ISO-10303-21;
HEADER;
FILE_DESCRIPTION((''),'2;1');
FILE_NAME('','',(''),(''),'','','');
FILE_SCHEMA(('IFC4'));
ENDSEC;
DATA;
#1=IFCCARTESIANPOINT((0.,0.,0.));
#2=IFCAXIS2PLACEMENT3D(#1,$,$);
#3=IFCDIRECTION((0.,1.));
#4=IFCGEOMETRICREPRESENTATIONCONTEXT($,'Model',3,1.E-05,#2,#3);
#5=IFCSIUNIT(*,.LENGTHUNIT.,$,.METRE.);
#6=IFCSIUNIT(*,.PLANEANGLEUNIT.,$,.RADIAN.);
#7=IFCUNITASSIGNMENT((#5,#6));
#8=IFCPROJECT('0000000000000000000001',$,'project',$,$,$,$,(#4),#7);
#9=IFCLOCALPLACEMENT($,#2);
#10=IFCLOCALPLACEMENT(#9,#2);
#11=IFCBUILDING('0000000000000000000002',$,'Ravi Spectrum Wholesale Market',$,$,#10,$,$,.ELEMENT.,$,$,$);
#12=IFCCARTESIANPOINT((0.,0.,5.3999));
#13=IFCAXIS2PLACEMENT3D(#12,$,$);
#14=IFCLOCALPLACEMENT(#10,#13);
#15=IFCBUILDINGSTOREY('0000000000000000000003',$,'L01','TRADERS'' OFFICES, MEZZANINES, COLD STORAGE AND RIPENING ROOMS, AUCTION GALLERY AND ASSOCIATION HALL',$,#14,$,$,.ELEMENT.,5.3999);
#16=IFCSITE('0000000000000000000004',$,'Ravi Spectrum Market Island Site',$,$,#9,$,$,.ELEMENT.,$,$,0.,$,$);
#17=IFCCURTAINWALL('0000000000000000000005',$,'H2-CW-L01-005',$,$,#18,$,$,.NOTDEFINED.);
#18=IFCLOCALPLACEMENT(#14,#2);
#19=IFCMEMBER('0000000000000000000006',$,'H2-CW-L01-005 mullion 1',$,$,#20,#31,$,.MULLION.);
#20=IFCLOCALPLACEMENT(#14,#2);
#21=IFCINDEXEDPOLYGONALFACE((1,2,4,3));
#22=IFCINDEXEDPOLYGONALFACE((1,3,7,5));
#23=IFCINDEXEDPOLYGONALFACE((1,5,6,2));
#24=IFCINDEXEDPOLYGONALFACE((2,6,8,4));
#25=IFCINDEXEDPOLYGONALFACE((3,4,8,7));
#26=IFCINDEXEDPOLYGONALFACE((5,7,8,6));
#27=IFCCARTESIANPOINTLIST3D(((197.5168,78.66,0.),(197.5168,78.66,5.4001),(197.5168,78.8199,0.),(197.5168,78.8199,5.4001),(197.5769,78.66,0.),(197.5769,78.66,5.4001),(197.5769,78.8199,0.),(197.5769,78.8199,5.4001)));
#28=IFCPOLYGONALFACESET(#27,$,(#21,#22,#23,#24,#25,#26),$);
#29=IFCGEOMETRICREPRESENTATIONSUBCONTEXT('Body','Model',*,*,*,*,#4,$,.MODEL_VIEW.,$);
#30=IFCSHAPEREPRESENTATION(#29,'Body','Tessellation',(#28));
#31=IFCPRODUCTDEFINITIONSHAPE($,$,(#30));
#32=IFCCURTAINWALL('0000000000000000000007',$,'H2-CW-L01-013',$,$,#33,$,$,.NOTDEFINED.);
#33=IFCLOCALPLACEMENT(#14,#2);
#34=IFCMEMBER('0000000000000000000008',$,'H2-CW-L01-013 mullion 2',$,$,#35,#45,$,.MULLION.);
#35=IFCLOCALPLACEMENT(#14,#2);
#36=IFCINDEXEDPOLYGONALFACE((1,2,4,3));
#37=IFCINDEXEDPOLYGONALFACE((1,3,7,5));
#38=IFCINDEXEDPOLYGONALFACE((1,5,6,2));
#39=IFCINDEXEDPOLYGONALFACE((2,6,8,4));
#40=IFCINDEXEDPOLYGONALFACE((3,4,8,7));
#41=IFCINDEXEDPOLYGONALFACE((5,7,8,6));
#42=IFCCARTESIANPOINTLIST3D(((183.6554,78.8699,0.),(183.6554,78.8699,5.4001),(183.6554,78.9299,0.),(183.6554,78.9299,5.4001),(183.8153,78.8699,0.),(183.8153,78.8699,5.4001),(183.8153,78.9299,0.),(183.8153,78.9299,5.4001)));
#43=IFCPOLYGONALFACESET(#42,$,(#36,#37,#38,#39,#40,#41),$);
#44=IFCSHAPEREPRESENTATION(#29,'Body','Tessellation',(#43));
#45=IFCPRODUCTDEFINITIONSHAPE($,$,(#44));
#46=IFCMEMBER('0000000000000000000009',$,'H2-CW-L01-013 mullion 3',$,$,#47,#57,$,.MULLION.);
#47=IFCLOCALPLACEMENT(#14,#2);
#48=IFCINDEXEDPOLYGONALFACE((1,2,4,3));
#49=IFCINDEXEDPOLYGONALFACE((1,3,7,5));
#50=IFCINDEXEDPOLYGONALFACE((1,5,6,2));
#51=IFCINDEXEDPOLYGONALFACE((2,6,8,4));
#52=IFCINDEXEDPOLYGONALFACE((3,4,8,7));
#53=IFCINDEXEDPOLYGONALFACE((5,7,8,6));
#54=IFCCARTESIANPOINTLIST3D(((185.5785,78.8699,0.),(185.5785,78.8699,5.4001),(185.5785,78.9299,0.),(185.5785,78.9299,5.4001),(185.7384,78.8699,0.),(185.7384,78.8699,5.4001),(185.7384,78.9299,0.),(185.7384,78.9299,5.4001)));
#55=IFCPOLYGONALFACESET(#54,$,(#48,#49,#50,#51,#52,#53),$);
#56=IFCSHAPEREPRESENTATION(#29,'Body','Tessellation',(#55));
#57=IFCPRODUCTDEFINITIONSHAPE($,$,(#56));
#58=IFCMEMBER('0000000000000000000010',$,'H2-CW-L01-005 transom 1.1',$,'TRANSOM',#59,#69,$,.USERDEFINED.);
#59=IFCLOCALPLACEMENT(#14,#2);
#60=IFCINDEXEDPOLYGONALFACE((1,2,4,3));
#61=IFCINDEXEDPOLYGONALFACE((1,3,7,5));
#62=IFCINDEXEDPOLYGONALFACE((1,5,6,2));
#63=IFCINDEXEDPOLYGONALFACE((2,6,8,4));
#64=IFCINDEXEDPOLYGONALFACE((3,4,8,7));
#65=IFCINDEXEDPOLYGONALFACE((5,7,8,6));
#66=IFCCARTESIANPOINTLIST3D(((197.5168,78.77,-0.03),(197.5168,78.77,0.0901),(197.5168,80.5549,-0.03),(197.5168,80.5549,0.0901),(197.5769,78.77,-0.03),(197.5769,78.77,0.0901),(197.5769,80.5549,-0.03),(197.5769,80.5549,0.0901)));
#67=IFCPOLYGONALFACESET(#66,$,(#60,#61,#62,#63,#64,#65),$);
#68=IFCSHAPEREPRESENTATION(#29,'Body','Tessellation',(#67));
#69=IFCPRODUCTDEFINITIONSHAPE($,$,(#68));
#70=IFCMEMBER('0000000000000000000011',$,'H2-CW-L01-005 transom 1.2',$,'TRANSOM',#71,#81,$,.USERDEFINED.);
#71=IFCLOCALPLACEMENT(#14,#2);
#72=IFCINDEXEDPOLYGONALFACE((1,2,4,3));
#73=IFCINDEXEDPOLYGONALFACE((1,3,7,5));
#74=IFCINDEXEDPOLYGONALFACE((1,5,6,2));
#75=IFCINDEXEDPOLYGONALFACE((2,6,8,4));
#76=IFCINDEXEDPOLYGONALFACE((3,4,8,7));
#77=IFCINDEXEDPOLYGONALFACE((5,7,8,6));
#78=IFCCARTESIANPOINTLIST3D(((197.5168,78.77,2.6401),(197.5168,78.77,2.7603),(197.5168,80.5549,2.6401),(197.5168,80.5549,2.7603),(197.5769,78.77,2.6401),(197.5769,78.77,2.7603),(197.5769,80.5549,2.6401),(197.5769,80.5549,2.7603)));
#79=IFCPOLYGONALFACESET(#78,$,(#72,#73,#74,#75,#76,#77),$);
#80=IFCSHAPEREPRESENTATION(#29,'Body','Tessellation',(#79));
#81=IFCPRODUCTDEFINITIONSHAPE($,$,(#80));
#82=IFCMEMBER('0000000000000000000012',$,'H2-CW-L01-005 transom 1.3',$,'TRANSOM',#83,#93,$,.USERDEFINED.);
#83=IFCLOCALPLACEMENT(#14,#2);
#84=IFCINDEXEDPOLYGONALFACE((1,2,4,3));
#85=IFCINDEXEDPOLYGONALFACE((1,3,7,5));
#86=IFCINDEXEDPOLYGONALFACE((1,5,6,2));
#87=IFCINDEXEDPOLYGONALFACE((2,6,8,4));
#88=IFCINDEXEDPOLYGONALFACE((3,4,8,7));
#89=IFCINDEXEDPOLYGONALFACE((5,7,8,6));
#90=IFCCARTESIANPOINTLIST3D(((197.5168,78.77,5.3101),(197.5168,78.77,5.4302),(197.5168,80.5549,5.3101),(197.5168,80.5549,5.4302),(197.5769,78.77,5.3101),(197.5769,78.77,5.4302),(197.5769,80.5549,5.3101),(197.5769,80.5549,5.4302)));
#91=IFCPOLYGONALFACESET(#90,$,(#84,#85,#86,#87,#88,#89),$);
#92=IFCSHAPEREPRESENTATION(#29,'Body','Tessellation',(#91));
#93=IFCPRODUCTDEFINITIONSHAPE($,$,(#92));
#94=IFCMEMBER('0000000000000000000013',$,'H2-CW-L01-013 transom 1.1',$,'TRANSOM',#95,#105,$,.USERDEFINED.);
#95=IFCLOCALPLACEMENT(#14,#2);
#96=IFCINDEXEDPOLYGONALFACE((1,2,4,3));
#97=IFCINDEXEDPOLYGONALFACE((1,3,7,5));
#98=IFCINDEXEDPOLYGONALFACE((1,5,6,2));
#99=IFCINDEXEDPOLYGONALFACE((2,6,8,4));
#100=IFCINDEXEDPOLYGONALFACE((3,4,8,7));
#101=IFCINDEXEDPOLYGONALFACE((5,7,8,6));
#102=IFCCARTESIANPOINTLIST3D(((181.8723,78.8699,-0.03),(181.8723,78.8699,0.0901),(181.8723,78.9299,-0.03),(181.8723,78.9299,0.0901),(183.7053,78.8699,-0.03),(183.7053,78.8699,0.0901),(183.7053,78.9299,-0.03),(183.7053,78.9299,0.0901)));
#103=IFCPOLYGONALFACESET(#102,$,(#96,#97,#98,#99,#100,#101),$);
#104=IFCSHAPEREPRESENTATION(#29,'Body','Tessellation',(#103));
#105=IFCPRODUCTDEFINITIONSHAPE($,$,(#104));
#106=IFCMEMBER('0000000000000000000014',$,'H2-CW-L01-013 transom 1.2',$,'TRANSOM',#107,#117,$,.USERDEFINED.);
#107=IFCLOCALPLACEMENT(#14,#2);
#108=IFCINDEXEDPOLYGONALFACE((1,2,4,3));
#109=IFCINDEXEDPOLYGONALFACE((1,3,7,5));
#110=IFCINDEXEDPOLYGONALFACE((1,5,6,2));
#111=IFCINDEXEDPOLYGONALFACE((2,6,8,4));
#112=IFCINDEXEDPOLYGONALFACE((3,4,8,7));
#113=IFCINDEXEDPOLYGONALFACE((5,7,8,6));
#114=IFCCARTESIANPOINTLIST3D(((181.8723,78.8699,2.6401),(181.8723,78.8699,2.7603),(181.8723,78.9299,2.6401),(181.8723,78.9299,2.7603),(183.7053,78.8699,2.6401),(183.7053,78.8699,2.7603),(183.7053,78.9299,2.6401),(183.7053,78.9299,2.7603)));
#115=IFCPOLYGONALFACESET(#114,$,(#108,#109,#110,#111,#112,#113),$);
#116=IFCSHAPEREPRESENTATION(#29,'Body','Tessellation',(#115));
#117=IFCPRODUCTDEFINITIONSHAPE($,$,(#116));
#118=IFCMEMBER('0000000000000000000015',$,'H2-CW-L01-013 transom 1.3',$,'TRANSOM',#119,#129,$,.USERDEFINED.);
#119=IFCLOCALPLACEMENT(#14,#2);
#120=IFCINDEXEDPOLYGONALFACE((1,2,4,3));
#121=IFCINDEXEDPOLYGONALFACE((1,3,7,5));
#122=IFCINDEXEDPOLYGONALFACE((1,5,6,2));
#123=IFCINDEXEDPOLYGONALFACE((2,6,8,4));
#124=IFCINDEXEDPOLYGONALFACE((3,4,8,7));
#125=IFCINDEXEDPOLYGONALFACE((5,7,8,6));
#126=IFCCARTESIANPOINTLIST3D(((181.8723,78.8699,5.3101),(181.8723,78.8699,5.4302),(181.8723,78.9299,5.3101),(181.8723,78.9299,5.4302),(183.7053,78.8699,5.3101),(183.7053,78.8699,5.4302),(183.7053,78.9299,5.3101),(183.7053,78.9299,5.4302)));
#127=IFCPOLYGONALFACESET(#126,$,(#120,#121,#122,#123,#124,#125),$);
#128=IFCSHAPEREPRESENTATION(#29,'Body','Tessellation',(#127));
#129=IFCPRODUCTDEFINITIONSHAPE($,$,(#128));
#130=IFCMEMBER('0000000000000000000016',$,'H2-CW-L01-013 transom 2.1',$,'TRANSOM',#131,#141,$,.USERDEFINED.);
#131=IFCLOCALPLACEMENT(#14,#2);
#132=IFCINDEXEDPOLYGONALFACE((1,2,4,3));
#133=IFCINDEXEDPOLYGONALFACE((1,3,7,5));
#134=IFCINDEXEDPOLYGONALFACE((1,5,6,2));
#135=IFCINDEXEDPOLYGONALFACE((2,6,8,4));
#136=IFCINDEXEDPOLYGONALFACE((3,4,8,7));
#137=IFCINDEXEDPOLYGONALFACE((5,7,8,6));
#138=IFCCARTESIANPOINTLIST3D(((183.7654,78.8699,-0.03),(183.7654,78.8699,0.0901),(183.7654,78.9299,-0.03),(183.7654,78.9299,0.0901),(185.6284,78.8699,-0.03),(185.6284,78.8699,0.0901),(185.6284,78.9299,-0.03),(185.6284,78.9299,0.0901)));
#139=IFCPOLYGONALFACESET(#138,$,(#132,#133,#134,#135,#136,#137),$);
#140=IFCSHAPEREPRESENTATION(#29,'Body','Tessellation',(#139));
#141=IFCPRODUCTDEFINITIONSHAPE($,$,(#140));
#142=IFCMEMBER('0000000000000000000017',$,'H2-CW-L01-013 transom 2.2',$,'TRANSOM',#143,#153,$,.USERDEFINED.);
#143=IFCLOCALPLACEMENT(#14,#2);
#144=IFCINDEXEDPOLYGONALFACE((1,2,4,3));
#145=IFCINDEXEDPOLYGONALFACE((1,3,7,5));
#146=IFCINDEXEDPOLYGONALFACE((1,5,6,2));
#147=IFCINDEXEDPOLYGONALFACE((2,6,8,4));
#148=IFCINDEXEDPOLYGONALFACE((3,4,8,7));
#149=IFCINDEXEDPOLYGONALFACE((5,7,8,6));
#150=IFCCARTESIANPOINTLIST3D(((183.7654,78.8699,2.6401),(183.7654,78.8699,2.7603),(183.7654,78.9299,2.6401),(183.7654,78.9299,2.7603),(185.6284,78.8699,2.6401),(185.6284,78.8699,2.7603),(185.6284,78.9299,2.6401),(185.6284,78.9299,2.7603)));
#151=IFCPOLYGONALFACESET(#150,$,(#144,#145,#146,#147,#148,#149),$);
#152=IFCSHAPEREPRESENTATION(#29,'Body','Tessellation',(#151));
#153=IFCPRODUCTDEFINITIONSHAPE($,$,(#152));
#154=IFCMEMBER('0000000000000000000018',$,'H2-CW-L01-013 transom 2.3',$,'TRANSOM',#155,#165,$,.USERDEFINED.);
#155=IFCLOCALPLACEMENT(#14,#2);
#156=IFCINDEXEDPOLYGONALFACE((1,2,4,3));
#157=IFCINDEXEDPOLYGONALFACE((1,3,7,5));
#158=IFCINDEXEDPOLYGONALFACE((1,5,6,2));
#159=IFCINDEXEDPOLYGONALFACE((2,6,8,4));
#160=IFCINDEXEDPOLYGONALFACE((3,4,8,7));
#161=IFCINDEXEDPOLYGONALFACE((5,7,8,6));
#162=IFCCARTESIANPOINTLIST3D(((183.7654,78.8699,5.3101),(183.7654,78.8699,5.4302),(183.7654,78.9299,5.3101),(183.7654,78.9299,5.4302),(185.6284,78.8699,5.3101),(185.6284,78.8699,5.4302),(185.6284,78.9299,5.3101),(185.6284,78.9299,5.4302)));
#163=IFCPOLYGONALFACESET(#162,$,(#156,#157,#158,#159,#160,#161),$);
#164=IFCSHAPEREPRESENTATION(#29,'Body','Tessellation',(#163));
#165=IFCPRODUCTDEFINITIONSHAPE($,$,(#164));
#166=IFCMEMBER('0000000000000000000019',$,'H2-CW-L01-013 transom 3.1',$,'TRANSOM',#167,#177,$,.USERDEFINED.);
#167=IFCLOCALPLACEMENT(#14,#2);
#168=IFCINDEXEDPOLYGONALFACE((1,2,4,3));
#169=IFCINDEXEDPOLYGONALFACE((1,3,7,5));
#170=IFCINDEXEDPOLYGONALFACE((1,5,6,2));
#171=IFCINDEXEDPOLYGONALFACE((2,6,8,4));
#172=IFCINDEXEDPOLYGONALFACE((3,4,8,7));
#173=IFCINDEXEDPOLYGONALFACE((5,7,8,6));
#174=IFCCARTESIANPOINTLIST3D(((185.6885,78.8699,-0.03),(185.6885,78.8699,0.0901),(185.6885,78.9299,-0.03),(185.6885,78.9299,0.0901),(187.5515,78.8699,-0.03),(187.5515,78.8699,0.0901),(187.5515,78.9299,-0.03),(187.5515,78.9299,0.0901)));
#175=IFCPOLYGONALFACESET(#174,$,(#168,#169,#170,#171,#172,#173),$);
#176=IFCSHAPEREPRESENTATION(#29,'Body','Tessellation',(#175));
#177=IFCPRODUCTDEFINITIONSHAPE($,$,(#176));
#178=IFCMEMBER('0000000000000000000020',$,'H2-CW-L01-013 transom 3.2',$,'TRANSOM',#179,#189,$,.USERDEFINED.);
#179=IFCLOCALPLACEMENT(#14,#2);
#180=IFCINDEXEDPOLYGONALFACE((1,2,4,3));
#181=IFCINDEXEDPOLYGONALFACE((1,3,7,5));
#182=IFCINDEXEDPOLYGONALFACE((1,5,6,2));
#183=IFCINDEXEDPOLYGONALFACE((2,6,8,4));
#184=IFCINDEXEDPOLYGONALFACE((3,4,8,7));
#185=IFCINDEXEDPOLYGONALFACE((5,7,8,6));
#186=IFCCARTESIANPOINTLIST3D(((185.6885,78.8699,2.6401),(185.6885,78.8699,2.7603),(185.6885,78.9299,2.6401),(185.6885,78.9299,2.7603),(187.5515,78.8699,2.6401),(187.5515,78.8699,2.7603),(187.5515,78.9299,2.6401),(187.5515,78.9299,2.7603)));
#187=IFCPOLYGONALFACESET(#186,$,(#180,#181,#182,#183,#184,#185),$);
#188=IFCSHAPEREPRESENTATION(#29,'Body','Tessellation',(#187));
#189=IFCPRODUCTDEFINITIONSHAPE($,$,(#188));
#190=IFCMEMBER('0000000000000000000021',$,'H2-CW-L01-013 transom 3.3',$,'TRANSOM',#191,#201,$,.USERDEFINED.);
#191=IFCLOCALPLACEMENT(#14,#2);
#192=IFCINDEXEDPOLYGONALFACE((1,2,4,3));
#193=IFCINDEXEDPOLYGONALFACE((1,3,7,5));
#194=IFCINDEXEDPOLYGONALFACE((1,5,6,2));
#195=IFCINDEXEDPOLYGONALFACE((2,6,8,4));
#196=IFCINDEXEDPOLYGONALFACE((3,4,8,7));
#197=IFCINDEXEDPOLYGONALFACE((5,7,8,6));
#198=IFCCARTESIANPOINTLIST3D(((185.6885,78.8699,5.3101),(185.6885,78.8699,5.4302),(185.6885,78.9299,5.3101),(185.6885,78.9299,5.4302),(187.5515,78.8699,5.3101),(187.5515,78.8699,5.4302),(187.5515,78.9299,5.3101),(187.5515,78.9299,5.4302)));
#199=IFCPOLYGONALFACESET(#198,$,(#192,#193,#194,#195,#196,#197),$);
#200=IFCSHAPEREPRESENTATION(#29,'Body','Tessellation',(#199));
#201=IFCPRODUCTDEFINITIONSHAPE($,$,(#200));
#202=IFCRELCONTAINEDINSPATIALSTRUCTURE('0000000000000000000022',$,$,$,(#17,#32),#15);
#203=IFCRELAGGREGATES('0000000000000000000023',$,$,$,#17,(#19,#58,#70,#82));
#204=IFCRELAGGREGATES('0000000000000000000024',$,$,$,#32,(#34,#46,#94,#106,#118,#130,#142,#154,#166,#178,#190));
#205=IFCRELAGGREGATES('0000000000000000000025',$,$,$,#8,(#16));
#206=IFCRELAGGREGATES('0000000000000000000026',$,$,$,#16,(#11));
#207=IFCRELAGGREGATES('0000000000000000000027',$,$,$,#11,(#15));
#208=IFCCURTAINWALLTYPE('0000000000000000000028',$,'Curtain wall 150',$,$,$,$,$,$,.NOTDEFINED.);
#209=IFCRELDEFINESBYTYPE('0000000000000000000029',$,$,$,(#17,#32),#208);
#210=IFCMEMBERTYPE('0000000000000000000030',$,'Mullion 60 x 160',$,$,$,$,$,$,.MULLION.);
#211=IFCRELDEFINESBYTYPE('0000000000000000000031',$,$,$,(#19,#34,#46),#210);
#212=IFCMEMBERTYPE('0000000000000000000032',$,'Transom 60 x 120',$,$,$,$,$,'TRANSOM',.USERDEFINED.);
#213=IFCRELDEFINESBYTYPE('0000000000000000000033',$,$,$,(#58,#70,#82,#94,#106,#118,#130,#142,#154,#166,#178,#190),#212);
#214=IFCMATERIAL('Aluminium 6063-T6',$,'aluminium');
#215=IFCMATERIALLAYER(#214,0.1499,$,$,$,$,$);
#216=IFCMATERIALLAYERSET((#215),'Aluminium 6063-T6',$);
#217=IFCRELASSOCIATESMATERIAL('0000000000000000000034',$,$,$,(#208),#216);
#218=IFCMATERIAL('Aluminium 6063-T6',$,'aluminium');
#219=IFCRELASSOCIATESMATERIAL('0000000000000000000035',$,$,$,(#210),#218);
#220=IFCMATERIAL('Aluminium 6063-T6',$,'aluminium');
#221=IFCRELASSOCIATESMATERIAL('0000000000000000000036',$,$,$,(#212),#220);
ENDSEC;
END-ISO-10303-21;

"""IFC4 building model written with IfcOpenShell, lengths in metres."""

from ifc_helpers import new_model, si_unit, direction, frame, origin, origin_2d, place, context, subcontext, project, spatial, rectangle, extrude, material, layer, layer_set, material_profile, profile_set, type_object, element, aggregate, save


model = new_model("IFC4")

# Units and contexts
model_context = context("Model", 3, precision=1e-05, world=origin(), true_north=direction((0.0, 1.0)))
body_context = subcontext(model_context, "Body", "Model", "MODEL_VIEW")
ifc_project = project(units=[si_unit("LENGTHUNIT", "METRE"), si_unit("PLANEANGLEUNIT", "RADIAN")], contexts=[model_context])

# Site, building, storey
site_placement = place(None, origin())
site = spatial("IfcSite", under=ifc_project, at=site_placement, Name="Ravi Spectrum Market Island Site", CompositionType="ELEMENT", RefElevation=0.0)
building_placement = place(site_placement, origin())
building = spatial("IfcBuilding", under=site, at=building_placement, Name="Ravi Spectrum Wholesale Market", CompositionType="ELEMENT")
storey_placement = place(building_placement, frame((0.0, 0.0, 5.3999)))
storey = spatial("IfcBuildingStorey", under=building, at=storey_placement, Name="L01", Description="TRADERS' OFFICES, MEZZANINES, COLD STORAGE AND RIPENING ROOMS, AUCTION GALLERY AND ASSOCIATION HALL", CompositionType="ELEMENT", Elevation=5.3999)

# Curtain wall, member
ifc_material_1 = material(Name="Aluminium 6063-T6", Category="aluminium")
ifc_layer_1 = layer(ifc_material_1, 0.1499)
ifc_layer_set_1 = layer_set([ifc_layer_1], Name="Aluminium 6063-T6")
curtain_wall_type = type_object("IfcCurtainWallType", Name="Curtain wall 150", PredefinedType="NOTDEFINED", material=ifc_layer_set_1)
curtain_wall_1_placement = place(storey_placement, origin())
curtain_wall_1 = element("IfcCurtainWall", 1, at=curtain_wall_1_placement, inside=storey, type_object=curtain_wall_type, Name="H2-CW-L01-005", PredefinedType="NOTDEFINED")
ifc_material_2 = material(Name="Aluminium 6063-T6", Category="aluminium")
ifc_material_profile_1 = material_profile(ifc_material_2, rectangle(XDim=0.0601, YDim=0.1599, at=origin_2d()))
ifc_profile_set_1 = profile_set([ifc_material_profile_1], Name="Aluminium 6063-T6")
member_type_1 = type_object("IfcMemberType", Name="Mullion 60 x 160", PredefinedType="MULLION", material=ifc_profile_set_1)
member_1_placement = place(storey_placement, frame((197.5469, 78.74, 0.0), z_axis=(0.0, 0.0, 1.0), x_axis=(-1.0, 0.0, 0.0)))
member_1 = element("IfcMember", 2, at=member_1_placement, type_object=member_type_1, Name="H2-CW-L01-005 mullion 1", PredefinedType="MULLION", context=body_context, shape_type="SweptSolid", body=[
    extrude(rectangle(XDim=0.0601, YDim=0.1599, at=origin_2d()), origin(), (0.0, 0.0, 1.0), 5.4001),
])

# Curtain wall, members
curtain_wall_2_placement = place(storey_placement, origin())
curtain_wall_2 = element("IfcCurtainWall", 3, at=curtain_wall_2_placement, inside=storey, type_object=curtain_wall_type, Name="H2-CW-L01-013", PredefinedType="NOTDEFINED")
member_2_placement = place(storey_placement, frame((183.7354, 78.8999, 0.0), z_axis=(0.0, 0.0, 1.0), x_axis=(0.0, 1.0, 0.0)))
member_2 = element("IfcMember", 4, at=member_2_placement, type_object=member_type_1, Name="H2-CW-L01-013 mullion 2", PredefinedType="MULLION", context=body_context, shape_type="SweptSolid", body=[
    extrude(rectangle(XDim=0.0601, YDim=0.1599, at=origin_2d()), origin(), (0.0, 0.0, 1.0), 5.4001),
])
member_3_placement = place(storey_placement, frame((185.6584, 78.8999, 0.0), z_axis=(0.0, 0.0, 1.0), x_axis=(0.0, 1.0, 0.0)))
member_3 = element("IfcMember", 5, at=member_3_placement, type_object=member_type_1, Name="H2-CW-L01-013 mullion 3", PredefinedType="MULLION", context=body_context, shape_type="SweptSolid", body=[
    extrude(rectangle(XDim=0.0601, YDim=0.1599, at=origin_2d()), origin(), (0.0, 0.0, 1.0), 5.4001),
])

# Members
ifc_material_3 = material(Name="Aluminium 6063-T6", Category="aluminium")
ifc_material_profile_2 = material_profile(ifc_material_3, rectangle(XDim=0.0601, YDim=0.1201, at=origin_2d()))
ifc_profile_set_2 = profile_set([ifc_material_profile_2], Name="Aluminium 6063-T6")
member_type_2 = type_object("IfcMemberType", Name="Transom 60 x 120", ElementType="TRANSOM", PredefinedType="USERDEFINED", material=ifc_profile_set_2)
member_4_placement = place(storey_placement, frame((197.5469, 78.77, 0.03), z_axis=(0.0, 1.0, 0.0), x_axis=(-1.0, 0.0, 0.0)))
member_4 = element("IfcMember", 6, at=member_4_placement, type_object=member_type_2, Name="H2-CW-L01-005 transom 1.1", ObjectType="TRANSOM", PredefinedType="USERDEFINED", context=body_context, shape_type="SweptSolid", body=[
    extrude(rectangle(XDim=0.0601, YDim=0.1201, at=origin_2d()), origin(), (0.0, 0.0, 1.0), 1.7849),
])
member_5_placement = place(storey_placement, frame((197.5469, 78.77, 2.7002), z_axis=(0.0, 1.0, 0.0), x_axis=(-1.0, 0.0, 0.0)))
member_5 = element("IfcMember", 7, at=member_5_placement, type_object=member_type_2, Name="H2-CW-L01-005 transom 1.2", ObjectType="TRANSOM", PredefinedType="USERDEFINED", context=body_context, shape_type="SweptSolid", body=[
    extrude(rectangle(XDim=0.0601, YDim=0.1201, at=origin_2d()), origin(), (0.0, 0.0, 1.0), 1.7849),
])
member_6_placement = place(storey_placement, frame((197.5469, 78.77, 5.3701), z_axis=(0.0, 1.0, 0.0), x_axis=(-1.0, 0.0, 0.0)))
member_6 = element("IfcMember", 8, at=member_6_placement, type_object=member_type_2, Name="H2-CW-L01-005 transom 1.3", ObjectType="TRANSOM", PredefinedType="USERDEFINED", context=body_context, shape_type="SweptSolid", body=[
    extrude(rectangle(XDim=0.0601, YDim=0.1201, at=origin_2d()), origin(), (0.0, 0.0, 1.0), 1.7849),
])
aggregate(curtain_wall_1, [member_1, member_4, member_5, member_6])
member_7_placement = place(storey_placement, frame((181.8723, 78.8999, 0.03), z_axis=(1.0, 0.0, 0.0), x_axis=(0.0, 1.0, 0.0)))
member_7 = element("IfcMember", 9, at=member_7_placement, type_object=member_type_2, Name="H2-CW-L01-013 transom 1.1", ObjectType="TRANSOM", PredefinedType="USERDEFINED", context=body_context, shape_type="SweptSolid", body=[
    extrude(rectangle(XDim=0.0601, YDim=0.1201, at=origin_2d()), origin(), (0.0, 0.0, 1.0), 1.833),
])
member_8_placement = place(storey_placement, frame((181.8723, 78.8999, 2.7002), z_axis=(1.0, 0.0, 0.0), x_axis=(0.0, 1.0, 0.0)))
member_8 = element("IfcMember", 10, at=member_8_placement, type_object=member_type_2, Name="H2-CW-L01-013 transom 1.2", ObjectType="TRANSOM", PredefinedType="USERDEFINED", context=body_context, shape_type="SweptSolid", body=[
    extrude(rectangle(XDim=0.0601, YDim=0.1201, at=origin_2d()), origin(), (0.0, 0.0, 1.0), 1.833),
])
member_9_placement = place(storey_placement, frame((181.8723, 78.8999, 5.3701), z_axis=(1.0, 0.0, 0.0), x_axis=(0.0, 1.0, 0.0)))
member_9 = element("IfcMember", 11, at=member_9_placement, type_object=member_type_2, Name="H2-CW-L01-013 transom 1.3", ObjectType="TRANSOM", PredefinedType="USERDEFINED", context=body_context, shape_type="SweptSolid", body=[
    extrude(rectangle(XDim=0.0601, YDim=0.1201, at=origin_2d()), origin(), (0.0, 0.0, 1.0), 1.833),
])
member_10_placement = place(storey_placement, frame((183.7654, 78.8999, 0.03), z_axis=(1.0, 0.0, 0.0), x_axis=(0.0, 1.0, 0.0)))
member_10 = element("IfcMember", 12, at=member_10_placement, type_object=member_type_2, Name="H2-CW-L01-013 transom 2.1", ObjectType="TRANSOM", PredefinedType="USERDEFINED", context=body_context, shape_type="SweptSolid", body=[
    extrude(rectangle(XDim=0.0601, YDim=0.1201, at=origin_2d()), origin(), (0.0, 0.0, 1.0), 1.863),
])
member_11_placement = place(storey_placement, frame((183.7654, 78.8999, 2.7002), z_axis=(1.0, 0.0, 0.0), x_axis=(0.0, 1.0, 0.0)))
member_11 = element("IfcMember", 13, at=member_11_placement, type_object=member_type_2, Name="H2-CW-L01-013 transom 2.2", ObjectType="TRANSOM", PredefinedType="USERDEFINED", context=body_context, shape_type="SweptSolid", body=[
    extrude(rectangle(XDim=0.0601, YDim=0.1201, at=origin_2d()), origin(), (0.0, 0.0, 1.0), 1.863),
])
member_12_placement = place(storey_placement, frame((183.7654, 78.8999, 5.3701), z_axis=(1.0, 0.0, 0.0), x_axis=(0.0, 1.0, 0.0)))
member_12 = element("IfcMember", 14, at=member_12_placement, type_object=member_type_2, Name="H2-CW-L01-013 transom 2.3", ObjectType="TRANSOM", PredefinedType="USERDEFINED", context=body_context, shape_type="SweptSolid", body=[
    extrude(rectangle(XDim=0.0601, YDim=0.1201, at=origin_2d()), origin(), (0.0, 0.0, 1.0), 1.863),
])
member_13_placement = place(storey_placement, frame((185.6885, 78.8999, 0.03), z_axis=(1.0, 0.0, 0.0), x_axis=(0.0, 1.0, 0.0)))
member_13 = element("IfcMember", 15, at=member_13_placement, type_object=member_type_2, Name="H2-CW-L01-013 transom 3.1", ObjectType="TRANSOM", PredefinedType="USERDEFINED", context=body_context, shape_type="SweptSolid", body=[
    extrude(rectangle(XDim=0.0601, YDim=0.1201, at=origin_2d()), origin(), (0.0, 0.0, 1.0), 1.863),
])
member_14_placement = place(storey_placement, frame((185.6885, 78.8999, 2.7002), z_axis=(1.0, 0.0, 0.0), x_axis=(0.0, 1.0, 0.0)))
member_14 = element("IfcMember", 16, at=member_14_placement, type_object=member_type_2, Name="H2-CW-L01-013 transom 3.2", ObjectType="TRANSOM", PredefinedType="USERDEFINED", context=body_context, shape_type="SweptSolid", body=[
    extrude(rectangle(XDim=0.0601, YDim=0.1201, at=origin_2d()), origin(), (0.0, 0.0, 1.0), 1.863),
])
member_15_placement = place(storey_placement, frame((185.6885, 78.8999, 5.3701), z_axis=(1.0, 0.0, 0.0), x_axis=(0.0, 1.0, 0.0)))
member_15 = element("IfcMember", 17, at=member_15_placement, type_object=member_type_2, Name="H2-CW-L01-013 transom 3.3", ObjectType="TRANSOM", PredefinedType="USERDEFINED", context=body_context, shape_type="SweptSolid", body=[
    extrude(rectangle(XDim=0.0601, YDim=0.1201, at=origin_2d()), origin(), (0.0, 0.0, 1.0), 1.863),
])

aggregate(curtain_wall_2, [member_2, member_3, member_7, member_8, member_9, member_10, member_11, member_12, member_13, member_14, member_15])

save(model, "model.ifc")
